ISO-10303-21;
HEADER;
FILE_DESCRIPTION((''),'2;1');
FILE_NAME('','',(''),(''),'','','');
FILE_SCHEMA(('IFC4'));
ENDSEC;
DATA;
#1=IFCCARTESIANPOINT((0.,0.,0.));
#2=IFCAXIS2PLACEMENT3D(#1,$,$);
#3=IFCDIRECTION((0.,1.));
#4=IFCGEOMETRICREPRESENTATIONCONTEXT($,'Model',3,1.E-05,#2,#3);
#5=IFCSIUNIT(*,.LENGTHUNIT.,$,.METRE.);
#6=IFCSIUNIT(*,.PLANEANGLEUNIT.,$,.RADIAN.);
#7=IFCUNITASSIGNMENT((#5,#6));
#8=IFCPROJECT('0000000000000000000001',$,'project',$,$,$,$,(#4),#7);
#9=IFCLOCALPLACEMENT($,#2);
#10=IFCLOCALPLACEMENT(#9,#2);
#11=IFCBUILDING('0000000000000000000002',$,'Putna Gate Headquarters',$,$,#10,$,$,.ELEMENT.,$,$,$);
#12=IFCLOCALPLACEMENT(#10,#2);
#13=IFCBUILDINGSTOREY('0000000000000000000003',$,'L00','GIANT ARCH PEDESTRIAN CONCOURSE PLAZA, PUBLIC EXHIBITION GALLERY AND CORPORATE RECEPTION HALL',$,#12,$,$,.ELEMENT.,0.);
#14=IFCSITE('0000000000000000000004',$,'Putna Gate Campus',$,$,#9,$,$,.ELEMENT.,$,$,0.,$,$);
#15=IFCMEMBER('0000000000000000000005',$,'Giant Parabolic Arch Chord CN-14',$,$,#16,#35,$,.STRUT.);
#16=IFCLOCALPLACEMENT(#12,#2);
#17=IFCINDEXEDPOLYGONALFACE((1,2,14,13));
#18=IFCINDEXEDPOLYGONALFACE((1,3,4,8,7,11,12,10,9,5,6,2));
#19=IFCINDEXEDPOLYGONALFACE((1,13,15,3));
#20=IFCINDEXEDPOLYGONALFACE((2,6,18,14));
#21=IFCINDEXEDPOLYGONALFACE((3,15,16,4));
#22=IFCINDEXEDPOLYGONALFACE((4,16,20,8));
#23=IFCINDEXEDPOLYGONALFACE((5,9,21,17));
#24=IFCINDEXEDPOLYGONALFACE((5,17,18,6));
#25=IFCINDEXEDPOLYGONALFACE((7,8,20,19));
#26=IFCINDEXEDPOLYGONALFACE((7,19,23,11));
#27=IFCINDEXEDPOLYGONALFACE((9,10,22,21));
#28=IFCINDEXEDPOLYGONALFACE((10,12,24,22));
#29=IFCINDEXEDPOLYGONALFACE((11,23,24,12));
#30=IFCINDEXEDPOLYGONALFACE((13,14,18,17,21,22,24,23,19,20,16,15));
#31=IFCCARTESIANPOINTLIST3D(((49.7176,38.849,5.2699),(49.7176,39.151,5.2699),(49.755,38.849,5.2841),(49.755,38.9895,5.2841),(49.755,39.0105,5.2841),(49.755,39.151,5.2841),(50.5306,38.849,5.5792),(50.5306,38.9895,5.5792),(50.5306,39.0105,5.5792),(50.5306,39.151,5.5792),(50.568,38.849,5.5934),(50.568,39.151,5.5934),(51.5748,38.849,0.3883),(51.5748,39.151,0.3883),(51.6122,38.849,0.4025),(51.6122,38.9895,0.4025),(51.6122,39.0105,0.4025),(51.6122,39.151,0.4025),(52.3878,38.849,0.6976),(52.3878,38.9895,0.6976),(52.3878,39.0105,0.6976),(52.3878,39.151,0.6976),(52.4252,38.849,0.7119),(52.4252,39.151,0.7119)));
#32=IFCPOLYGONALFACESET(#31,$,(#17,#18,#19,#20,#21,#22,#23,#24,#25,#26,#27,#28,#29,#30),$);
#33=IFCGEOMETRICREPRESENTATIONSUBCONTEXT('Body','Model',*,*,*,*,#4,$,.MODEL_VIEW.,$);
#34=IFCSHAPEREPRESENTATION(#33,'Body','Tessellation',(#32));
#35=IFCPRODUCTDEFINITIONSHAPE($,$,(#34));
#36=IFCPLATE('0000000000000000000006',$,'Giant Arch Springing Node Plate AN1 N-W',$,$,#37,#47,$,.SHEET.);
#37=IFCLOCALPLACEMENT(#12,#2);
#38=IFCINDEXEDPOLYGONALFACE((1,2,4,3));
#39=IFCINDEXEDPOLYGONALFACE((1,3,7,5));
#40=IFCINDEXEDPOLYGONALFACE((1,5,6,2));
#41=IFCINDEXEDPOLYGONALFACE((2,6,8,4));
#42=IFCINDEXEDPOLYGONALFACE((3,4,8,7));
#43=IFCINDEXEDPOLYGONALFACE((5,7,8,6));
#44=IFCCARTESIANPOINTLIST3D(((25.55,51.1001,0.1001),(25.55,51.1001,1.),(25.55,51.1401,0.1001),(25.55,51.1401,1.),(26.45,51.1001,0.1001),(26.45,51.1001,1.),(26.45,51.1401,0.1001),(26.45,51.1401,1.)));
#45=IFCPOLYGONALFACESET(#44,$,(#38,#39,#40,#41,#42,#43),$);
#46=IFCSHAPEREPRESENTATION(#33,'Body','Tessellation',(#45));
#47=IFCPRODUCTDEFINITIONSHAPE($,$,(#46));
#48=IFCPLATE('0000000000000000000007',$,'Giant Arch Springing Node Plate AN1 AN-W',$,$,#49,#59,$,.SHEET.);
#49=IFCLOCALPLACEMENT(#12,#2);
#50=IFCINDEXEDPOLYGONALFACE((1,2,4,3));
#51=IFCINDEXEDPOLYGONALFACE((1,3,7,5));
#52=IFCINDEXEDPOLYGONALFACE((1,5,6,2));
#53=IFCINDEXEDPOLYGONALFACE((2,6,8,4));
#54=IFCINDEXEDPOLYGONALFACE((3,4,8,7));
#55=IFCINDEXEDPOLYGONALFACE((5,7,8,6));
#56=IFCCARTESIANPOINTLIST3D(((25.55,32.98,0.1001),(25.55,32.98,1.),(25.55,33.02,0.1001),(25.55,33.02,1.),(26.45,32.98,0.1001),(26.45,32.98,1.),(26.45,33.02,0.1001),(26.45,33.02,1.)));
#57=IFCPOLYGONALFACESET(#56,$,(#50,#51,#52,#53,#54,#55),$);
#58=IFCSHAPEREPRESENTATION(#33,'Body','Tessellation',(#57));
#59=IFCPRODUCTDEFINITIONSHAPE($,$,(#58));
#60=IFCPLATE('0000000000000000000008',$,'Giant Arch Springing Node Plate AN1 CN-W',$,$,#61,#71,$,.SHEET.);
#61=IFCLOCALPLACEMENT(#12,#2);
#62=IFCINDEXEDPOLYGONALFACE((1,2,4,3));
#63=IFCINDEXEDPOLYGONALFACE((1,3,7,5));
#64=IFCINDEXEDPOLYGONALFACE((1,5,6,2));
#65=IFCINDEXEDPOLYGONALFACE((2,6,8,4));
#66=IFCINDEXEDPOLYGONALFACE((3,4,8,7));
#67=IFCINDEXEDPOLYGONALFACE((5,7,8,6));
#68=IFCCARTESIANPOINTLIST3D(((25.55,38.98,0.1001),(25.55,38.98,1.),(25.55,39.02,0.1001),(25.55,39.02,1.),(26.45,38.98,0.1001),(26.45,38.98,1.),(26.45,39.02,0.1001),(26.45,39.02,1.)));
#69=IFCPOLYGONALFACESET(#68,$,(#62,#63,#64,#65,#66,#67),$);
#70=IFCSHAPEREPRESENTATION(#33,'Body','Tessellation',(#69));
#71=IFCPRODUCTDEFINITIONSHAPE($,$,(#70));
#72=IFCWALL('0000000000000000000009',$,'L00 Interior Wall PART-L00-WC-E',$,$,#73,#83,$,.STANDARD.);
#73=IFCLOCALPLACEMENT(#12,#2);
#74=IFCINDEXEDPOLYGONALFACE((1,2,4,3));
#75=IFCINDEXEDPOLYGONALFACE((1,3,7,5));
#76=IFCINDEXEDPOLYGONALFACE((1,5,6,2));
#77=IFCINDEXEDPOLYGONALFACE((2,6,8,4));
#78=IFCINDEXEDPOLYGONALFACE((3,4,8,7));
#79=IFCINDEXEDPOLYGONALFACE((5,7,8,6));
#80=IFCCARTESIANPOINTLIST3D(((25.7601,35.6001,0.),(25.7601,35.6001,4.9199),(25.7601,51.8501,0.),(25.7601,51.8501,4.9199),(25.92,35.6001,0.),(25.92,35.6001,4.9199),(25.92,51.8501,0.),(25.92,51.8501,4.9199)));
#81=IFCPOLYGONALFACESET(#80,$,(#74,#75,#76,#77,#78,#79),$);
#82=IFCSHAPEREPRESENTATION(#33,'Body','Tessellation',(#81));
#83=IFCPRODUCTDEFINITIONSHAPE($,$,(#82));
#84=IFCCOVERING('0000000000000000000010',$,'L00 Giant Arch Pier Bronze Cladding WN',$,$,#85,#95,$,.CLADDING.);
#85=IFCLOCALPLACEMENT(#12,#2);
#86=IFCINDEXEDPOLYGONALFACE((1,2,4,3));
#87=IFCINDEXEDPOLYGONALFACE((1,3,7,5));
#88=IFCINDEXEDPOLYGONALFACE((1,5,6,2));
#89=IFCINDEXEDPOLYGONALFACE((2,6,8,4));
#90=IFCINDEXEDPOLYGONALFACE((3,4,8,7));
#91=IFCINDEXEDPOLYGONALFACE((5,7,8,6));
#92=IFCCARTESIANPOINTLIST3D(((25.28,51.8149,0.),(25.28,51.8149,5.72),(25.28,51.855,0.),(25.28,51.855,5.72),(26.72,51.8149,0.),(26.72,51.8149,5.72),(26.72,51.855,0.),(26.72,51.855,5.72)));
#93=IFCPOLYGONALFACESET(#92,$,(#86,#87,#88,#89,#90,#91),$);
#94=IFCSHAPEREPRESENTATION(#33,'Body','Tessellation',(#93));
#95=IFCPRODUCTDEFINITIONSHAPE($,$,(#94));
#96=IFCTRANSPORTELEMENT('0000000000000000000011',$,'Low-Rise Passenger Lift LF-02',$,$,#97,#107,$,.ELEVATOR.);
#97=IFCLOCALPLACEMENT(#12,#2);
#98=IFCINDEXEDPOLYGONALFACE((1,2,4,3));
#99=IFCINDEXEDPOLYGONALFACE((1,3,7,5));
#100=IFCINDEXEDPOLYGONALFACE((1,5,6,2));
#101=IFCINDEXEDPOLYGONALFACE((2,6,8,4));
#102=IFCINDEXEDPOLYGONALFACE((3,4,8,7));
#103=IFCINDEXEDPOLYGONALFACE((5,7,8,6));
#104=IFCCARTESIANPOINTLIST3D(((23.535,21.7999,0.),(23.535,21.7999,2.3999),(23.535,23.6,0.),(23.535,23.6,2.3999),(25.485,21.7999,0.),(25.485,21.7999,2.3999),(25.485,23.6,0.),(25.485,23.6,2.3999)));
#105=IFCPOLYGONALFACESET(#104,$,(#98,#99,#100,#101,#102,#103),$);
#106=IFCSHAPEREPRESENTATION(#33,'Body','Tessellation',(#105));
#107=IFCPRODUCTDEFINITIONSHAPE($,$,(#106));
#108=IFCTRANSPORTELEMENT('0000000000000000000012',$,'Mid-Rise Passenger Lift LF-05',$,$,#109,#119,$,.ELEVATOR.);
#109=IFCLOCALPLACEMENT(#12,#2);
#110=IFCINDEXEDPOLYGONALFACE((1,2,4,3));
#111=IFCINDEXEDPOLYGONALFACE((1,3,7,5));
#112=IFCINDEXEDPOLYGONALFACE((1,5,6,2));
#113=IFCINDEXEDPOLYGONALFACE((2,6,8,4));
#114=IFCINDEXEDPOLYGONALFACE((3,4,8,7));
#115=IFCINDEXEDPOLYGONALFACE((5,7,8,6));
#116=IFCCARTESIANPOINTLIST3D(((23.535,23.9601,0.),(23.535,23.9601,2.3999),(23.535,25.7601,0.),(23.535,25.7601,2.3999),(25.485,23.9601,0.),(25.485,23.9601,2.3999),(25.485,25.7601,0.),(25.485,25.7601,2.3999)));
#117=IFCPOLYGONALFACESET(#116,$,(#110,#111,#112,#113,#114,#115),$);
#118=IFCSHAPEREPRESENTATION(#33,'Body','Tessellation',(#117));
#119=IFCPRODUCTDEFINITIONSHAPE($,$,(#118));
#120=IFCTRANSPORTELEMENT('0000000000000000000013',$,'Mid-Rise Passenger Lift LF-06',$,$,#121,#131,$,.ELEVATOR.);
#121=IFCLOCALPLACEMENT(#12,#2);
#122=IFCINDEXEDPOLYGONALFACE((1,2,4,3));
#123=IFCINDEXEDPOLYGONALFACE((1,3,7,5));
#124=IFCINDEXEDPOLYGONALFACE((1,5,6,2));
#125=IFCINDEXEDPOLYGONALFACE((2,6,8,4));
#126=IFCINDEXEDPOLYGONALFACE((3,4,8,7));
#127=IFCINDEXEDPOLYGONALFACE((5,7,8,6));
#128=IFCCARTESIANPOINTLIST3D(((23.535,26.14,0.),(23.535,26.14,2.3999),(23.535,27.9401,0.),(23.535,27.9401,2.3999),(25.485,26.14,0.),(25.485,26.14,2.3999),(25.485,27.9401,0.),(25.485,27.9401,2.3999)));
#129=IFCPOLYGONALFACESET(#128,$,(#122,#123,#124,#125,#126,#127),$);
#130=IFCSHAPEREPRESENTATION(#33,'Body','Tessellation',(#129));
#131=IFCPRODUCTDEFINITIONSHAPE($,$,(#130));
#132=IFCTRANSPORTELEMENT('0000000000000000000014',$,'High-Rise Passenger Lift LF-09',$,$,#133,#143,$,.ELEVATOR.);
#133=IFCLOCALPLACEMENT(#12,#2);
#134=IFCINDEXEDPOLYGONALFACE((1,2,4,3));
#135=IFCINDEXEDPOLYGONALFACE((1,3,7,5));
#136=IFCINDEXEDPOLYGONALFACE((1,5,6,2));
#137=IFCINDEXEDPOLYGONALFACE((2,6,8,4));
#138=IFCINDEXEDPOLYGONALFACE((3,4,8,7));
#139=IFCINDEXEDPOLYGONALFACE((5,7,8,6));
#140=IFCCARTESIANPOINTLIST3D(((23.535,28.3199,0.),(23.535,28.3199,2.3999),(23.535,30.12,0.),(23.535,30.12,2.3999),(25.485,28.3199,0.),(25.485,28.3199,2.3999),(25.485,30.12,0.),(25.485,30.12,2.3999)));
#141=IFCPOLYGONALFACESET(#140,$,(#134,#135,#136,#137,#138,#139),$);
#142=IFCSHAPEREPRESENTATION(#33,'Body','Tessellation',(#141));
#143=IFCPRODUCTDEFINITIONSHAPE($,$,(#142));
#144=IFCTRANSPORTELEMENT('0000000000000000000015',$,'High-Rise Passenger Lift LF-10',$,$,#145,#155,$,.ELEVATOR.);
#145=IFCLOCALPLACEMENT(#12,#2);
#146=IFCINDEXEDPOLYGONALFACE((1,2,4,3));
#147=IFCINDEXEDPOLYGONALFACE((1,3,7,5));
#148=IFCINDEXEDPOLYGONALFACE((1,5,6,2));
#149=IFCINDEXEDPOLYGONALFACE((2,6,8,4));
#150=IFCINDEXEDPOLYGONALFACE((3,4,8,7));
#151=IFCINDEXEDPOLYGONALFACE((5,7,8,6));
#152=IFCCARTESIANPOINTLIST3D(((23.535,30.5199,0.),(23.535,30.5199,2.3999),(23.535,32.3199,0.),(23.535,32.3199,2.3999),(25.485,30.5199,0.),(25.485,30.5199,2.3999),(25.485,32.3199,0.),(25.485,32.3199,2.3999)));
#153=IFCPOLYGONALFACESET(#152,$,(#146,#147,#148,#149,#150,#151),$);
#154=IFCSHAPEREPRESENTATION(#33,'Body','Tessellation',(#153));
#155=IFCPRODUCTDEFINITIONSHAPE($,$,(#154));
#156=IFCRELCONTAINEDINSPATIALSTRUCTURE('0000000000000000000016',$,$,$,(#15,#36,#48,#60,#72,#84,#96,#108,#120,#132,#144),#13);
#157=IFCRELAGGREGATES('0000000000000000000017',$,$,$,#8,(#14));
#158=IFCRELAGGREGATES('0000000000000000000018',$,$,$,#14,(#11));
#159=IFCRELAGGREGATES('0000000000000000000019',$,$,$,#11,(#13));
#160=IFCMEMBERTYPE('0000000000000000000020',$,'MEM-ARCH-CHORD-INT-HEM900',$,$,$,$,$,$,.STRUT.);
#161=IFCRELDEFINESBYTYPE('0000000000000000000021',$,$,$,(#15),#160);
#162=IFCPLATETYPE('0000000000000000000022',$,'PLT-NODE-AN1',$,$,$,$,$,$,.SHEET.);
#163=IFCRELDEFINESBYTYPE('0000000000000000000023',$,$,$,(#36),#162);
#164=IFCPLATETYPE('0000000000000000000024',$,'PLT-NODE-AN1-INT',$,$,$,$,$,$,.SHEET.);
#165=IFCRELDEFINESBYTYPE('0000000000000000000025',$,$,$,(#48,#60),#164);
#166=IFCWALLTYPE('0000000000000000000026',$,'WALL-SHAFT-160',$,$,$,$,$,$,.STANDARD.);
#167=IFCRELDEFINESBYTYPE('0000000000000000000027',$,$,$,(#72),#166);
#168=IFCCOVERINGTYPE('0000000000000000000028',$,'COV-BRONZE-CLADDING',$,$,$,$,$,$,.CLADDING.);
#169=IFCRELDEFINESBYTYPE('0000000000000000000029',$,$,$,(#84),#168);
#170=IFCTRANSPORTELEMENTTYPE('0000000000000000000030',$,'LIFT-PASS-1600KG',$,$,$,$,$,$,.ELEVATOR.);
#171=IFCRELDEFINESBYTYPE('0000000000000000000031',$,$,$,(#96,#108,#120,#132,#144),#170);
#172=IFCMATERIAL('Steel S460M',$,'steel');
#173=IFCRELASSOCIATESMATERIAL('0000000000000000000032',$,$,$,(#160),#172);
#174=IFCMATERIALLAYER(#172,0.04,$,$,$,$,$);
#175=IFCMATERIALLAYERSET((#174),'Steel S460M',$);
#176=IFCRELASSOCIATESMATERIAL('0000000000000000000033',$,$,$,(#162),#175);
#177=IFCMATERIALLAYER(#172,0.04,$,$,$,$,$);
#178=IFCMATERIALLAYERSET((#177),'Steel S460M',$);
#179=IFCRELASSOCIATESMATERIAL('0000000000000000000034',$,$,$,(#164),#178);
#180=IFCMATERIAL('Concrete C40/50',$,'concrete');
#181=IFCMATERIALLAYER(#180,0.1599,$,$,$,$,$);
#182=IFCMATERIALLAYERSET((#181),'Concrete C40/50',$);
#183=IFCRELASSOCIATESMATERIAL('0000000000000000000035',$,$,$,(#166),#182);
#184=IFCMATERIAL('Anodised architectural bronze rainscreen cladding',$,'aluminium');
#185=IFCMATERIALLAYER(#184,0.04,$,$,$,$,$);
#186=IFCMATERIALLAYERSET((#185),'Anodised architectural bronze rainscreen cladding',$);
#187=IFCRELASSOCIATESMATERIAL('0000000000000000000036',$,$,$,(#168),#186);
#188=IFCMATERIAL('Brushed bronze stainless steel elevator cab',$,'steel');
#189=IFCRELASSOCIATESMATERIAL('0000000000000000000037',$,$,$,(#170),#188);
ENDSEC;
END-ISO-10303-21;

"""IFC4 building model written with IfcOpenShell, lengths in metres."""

from ifc_helpers import new_model, si_unit, direction, frame, frame_2d, origin, origin_2d, place, context, subcontext, project, spatial, rectangle, i_section, extrude, material, layer, layer_set, material_profile, profile_set, type_object, element, save


model = new_model("IFC4")

# Units and contexts
model_context = context("Model", 3, precision=1e-05, world=origin(), true_north=direction((0.0, 1.0)))
body_context = subcontext(model_context, "Body", "Model", "MODEL_VIEW")
ifc_project = project(units=[si_unit("LENGTHUNIT", "METRE"), si_unit("PLANEANGLEUNIT", "RADIAN")], contexts=[model_context])

# Site, building, storey
site_placement = place(None, origin())
site = spatial("IfcSite", under=ifc_project, at=site_placement, Name="Putna Gate Campus", CompositionType="ELEMENT", RefElevation=0.0)
building_placement = place(site_placement, origin())
building = spatial("IfcBuilding", under=site, at=building_placement, Name="Putna Gate Headquarters", CompositionType="ELEMENT")
storey_placement = place(building_placement, origin())
storey = spatial("IfcBuildingStorey", under=building, at=storey_placement, Name="L00", Description="GIANT ARCH PEDESTRIAN CONCOURSE PLAZA, PUBLIC EXHIBITION GALLERY AND CORPORATE RECEPTION HALL", CompositionType="ELEMENT", Elevation=0.0)

# Member
ifc_material_1 = material(Name="Steel S460M", Category="steel")
ifc_material_profile_1 = material_profile(ifc_material_1, i_section(OverallWidth=0.302, OverallDepth=0.9099, WebThickness=0.021, FlangeThickness=0.04, at=origin_2d()), Name="Steel S460M")
ifc_profile_set_1 = profile_set([ifc_material_profile_1], Name="Steel S460M")
member_type_1 = type_object("IfcMemberType", Name="MEM-ARCH-CHORD-INT-HEM900", PredefinedType="STRUT", material=ifc_profile_set_1)
for number, where, z_axis, x_axis, name in (
    (1, (50.1428, 39.0, 5.4316), (0.355581, 0.0, -0.934645), (0.0, 1.0, 0.0), "Giant Parabolic Arch Chord CN-14"),
):
    element("IfcMember", number, at=place(storey_placement, frame(where, z_axis=z_axis, x_axis=x_axis)), inside=storey, type_object=member_type_1, Name=name, PredefinedType="STRUT", context=body_context, shape_type="SweptSolid", body=[
        extrude(i_section(OverallWidth=0.302, OverallDepth=0.9099, WebThickness=0.021, FlangeThickness=0.04, at=origin_2d()), origin(), (0.0, 0.0, 1.0), 5.2229),
    ])

# Plates
ifc_layer_1 = layer(ifc_material_1, 0.04)
ifc_layer_set_1 = layer_set([ifc_layer_1], Name="Steel S460M")
plate_type_1 = type_object("IfcPlateType", Name="PLT-NODE-AN1", PredefinedType="SHEET", material=ifc_layer_set_1)
plate_placement = place(storey_placement, frame((26.0, 51.1201, 0.1001), z_axis=(0.0, 0.0, 1.0), x_axis=(1.0, 0.0, 0.0)))
element("IfcPlate", 2, at=plate_placement, inside=storey, type_object=plate_type_1, Name="Giant Arch Springing Node Plate AN1 N-W", PredefinedType="SHEET", context=body_context, shape_type="SweptSolid", body=[
    extrude(rectangle(XDim=0.8999, YDim=0.04, at=origin_2d()), origin(), (0.0, 0.0, 1.0), 0.8999),
])
ifc_layer_2 = layer(ifc_material_1, 0.04)
ifc_layer_set_2 = layer_set([ifc_layer_2], Name="Steel S460M")
plate_type_2 = type_object("IfcPlateType", Name="PLT-NODE-AN1-INT", PredefinedType="SHEET", material=ifc_layer_set_2)
for number, where, z_axis, x_axis, name in (
    (3, (26.0, 33.0, 0.1001), (0.0, 0.0, 1.0), (1.0, 0.0, 0.0), "Giant Arch Springing Node Plate AN1 AN-W"),
    (4, (26.0, 39.0, 0.1001), (0.0, 0.0, 1.0), (1.0, 0.0, 0.0), "Giant Arch Springing Node Plate AN1 CN-W"),
):
    element("IfcPlate", number, at=place(storey_placement, frame(where, z_axis=z_axis, x_axis=x_axis)), inside=storey, type_object=plate_type_2, Name=name, PredefinedType="SHEET", context=body_context, shape_type="SweptSolid", body=[
        extrude(rectangle(XDim=0.8999, YDim=0.04, at=origin_2d()), origin(), (0.0, 0.0, 1.0), 0.8999),
    ])

# Wall
ifc_material_2 = material(Name="Concrete C40/50", Category="concrete")
ifc_layer_3 = layer(ifc_material_2, 0.1599)
ifc_layer_set_3 = layer_set([ifc_layer_3], Name="Concrete C40/50")
wall_type_1 = type_object("IfcWallType", Name="WALL-SHAFT-160", PredefinedType="STANDARD", material=ifc_layer_set_3)
wall_1_placement = place(storey_placement, frame((25.8401, 35.6001, 0.0), z_axis=(0.0, 0.0, 1.0), x_axis=(0.0, 1.0, 0.0)))
element("IfcWall", 5, at=wall_1_placement, inside=storey, type_object=wall_type_1, Name="L00 Interior Wall PART-L00-WC-E", PredefinedType="STANDARD", context=body_context, shape_type="SweptSolid", body=[
    extrude(rectangle(XDim=16.25, YDim=0.1599, at=frame_2d((8.125, 0.0))), origin(), (0.0, 0.0, 1.0), 4.9199),
])

# Covering
ifc_material_3 = material(Name="Anodised architectural bronze rainscreen cladding", Category="aluminium")
ifc_layer_4 = layer(ifc_material_3, 0.04)
ifc_layer_set_4 = layer_set([ifc_layer_4], Name="Anodised architectural bronze rainscreen cladding")
covering_type = type_object("IfcCoveringType", Name="COV-BRONZE-CLADDING", PredefinedType="CLADDING", material=ifc_layer_set_4)
covering_placement = place(storey_placement, frame((26.0, 51.835, 0.0), z_axis=(0.0, 0.0, 1.0), x_axis=(1.0, 0.0, 0.0)))
element("IfcCovering", 6, at=covering_placement, inside=storey, type_object=covering_type, Name="L00 Giant Arch Pier Bronze Cladding WN", PredefinedType="CLADDING", context=body_context, shape_type="SweptSolid", body=[
    extrude(rectangle(XDim=1.4399, YDim=0.04, at=origin_2d()), origin(), (0.0, 0.0, 1.0), 5.72),
])

# Transport elements
ifc_material_4 = material(Name="Brushed bronze stainless steel elevator cab", Category="steel")
transport_element_type = type_object("IfcTransportElementType", Name="LIFT-PASS-1600KG", PredefinedType="ELEVATOR", material=ifc_material_4)
for number, where, z_axis, x_axis, name in (
    (7, (24.51, 22.7, 0.0), (0.0, 0.0, 1.0), (1.0, 0.0, 0.0), "Low-Rise Passenger Lift LF-02"),
    (8, (24.51, 24.8601, 0.0), (0.0, 0.0, 1.0), (1.0, 0.0, 0.0), "Mid-Rise Passenger Lift LF-05"),
    (9, (24.51, 27.04, 0.0), (0.0, 0.0, 1.0), (1.0, 0.0, 0.0), "Mid-Rise Passenger Lift LF-06"),
    (10, (24.51, 29.22, 0.0), (0.0, 0.0, 1.0), (1.0, 0.0, 0.0), "High-Rise Passenger Lift LF-09"),
    (11, (24.51, 31.4199, 0.0), (0.0, 0.0, 1.0), (1.0, 0.0, 0.0), "High-Rise Passenger Lift LF-10"),
):
    element("IfcTransportElement", number, at=place(storey_placement, frame(where, z_axis=z_axis, x_axis=x_axis)), inside=storey, type_object=transport_element_type, Name=name, PredefinedType="ELEVATOR", context=body_context, shape_type="SweptSolid", body=[
        extrude(rectangle(XDim=1.95, YDim=1.8, at=origin_2d()), origin(), (0.0, 0.0, 1.0), 2.3999),
    ])

save(model, "model.ifc")
